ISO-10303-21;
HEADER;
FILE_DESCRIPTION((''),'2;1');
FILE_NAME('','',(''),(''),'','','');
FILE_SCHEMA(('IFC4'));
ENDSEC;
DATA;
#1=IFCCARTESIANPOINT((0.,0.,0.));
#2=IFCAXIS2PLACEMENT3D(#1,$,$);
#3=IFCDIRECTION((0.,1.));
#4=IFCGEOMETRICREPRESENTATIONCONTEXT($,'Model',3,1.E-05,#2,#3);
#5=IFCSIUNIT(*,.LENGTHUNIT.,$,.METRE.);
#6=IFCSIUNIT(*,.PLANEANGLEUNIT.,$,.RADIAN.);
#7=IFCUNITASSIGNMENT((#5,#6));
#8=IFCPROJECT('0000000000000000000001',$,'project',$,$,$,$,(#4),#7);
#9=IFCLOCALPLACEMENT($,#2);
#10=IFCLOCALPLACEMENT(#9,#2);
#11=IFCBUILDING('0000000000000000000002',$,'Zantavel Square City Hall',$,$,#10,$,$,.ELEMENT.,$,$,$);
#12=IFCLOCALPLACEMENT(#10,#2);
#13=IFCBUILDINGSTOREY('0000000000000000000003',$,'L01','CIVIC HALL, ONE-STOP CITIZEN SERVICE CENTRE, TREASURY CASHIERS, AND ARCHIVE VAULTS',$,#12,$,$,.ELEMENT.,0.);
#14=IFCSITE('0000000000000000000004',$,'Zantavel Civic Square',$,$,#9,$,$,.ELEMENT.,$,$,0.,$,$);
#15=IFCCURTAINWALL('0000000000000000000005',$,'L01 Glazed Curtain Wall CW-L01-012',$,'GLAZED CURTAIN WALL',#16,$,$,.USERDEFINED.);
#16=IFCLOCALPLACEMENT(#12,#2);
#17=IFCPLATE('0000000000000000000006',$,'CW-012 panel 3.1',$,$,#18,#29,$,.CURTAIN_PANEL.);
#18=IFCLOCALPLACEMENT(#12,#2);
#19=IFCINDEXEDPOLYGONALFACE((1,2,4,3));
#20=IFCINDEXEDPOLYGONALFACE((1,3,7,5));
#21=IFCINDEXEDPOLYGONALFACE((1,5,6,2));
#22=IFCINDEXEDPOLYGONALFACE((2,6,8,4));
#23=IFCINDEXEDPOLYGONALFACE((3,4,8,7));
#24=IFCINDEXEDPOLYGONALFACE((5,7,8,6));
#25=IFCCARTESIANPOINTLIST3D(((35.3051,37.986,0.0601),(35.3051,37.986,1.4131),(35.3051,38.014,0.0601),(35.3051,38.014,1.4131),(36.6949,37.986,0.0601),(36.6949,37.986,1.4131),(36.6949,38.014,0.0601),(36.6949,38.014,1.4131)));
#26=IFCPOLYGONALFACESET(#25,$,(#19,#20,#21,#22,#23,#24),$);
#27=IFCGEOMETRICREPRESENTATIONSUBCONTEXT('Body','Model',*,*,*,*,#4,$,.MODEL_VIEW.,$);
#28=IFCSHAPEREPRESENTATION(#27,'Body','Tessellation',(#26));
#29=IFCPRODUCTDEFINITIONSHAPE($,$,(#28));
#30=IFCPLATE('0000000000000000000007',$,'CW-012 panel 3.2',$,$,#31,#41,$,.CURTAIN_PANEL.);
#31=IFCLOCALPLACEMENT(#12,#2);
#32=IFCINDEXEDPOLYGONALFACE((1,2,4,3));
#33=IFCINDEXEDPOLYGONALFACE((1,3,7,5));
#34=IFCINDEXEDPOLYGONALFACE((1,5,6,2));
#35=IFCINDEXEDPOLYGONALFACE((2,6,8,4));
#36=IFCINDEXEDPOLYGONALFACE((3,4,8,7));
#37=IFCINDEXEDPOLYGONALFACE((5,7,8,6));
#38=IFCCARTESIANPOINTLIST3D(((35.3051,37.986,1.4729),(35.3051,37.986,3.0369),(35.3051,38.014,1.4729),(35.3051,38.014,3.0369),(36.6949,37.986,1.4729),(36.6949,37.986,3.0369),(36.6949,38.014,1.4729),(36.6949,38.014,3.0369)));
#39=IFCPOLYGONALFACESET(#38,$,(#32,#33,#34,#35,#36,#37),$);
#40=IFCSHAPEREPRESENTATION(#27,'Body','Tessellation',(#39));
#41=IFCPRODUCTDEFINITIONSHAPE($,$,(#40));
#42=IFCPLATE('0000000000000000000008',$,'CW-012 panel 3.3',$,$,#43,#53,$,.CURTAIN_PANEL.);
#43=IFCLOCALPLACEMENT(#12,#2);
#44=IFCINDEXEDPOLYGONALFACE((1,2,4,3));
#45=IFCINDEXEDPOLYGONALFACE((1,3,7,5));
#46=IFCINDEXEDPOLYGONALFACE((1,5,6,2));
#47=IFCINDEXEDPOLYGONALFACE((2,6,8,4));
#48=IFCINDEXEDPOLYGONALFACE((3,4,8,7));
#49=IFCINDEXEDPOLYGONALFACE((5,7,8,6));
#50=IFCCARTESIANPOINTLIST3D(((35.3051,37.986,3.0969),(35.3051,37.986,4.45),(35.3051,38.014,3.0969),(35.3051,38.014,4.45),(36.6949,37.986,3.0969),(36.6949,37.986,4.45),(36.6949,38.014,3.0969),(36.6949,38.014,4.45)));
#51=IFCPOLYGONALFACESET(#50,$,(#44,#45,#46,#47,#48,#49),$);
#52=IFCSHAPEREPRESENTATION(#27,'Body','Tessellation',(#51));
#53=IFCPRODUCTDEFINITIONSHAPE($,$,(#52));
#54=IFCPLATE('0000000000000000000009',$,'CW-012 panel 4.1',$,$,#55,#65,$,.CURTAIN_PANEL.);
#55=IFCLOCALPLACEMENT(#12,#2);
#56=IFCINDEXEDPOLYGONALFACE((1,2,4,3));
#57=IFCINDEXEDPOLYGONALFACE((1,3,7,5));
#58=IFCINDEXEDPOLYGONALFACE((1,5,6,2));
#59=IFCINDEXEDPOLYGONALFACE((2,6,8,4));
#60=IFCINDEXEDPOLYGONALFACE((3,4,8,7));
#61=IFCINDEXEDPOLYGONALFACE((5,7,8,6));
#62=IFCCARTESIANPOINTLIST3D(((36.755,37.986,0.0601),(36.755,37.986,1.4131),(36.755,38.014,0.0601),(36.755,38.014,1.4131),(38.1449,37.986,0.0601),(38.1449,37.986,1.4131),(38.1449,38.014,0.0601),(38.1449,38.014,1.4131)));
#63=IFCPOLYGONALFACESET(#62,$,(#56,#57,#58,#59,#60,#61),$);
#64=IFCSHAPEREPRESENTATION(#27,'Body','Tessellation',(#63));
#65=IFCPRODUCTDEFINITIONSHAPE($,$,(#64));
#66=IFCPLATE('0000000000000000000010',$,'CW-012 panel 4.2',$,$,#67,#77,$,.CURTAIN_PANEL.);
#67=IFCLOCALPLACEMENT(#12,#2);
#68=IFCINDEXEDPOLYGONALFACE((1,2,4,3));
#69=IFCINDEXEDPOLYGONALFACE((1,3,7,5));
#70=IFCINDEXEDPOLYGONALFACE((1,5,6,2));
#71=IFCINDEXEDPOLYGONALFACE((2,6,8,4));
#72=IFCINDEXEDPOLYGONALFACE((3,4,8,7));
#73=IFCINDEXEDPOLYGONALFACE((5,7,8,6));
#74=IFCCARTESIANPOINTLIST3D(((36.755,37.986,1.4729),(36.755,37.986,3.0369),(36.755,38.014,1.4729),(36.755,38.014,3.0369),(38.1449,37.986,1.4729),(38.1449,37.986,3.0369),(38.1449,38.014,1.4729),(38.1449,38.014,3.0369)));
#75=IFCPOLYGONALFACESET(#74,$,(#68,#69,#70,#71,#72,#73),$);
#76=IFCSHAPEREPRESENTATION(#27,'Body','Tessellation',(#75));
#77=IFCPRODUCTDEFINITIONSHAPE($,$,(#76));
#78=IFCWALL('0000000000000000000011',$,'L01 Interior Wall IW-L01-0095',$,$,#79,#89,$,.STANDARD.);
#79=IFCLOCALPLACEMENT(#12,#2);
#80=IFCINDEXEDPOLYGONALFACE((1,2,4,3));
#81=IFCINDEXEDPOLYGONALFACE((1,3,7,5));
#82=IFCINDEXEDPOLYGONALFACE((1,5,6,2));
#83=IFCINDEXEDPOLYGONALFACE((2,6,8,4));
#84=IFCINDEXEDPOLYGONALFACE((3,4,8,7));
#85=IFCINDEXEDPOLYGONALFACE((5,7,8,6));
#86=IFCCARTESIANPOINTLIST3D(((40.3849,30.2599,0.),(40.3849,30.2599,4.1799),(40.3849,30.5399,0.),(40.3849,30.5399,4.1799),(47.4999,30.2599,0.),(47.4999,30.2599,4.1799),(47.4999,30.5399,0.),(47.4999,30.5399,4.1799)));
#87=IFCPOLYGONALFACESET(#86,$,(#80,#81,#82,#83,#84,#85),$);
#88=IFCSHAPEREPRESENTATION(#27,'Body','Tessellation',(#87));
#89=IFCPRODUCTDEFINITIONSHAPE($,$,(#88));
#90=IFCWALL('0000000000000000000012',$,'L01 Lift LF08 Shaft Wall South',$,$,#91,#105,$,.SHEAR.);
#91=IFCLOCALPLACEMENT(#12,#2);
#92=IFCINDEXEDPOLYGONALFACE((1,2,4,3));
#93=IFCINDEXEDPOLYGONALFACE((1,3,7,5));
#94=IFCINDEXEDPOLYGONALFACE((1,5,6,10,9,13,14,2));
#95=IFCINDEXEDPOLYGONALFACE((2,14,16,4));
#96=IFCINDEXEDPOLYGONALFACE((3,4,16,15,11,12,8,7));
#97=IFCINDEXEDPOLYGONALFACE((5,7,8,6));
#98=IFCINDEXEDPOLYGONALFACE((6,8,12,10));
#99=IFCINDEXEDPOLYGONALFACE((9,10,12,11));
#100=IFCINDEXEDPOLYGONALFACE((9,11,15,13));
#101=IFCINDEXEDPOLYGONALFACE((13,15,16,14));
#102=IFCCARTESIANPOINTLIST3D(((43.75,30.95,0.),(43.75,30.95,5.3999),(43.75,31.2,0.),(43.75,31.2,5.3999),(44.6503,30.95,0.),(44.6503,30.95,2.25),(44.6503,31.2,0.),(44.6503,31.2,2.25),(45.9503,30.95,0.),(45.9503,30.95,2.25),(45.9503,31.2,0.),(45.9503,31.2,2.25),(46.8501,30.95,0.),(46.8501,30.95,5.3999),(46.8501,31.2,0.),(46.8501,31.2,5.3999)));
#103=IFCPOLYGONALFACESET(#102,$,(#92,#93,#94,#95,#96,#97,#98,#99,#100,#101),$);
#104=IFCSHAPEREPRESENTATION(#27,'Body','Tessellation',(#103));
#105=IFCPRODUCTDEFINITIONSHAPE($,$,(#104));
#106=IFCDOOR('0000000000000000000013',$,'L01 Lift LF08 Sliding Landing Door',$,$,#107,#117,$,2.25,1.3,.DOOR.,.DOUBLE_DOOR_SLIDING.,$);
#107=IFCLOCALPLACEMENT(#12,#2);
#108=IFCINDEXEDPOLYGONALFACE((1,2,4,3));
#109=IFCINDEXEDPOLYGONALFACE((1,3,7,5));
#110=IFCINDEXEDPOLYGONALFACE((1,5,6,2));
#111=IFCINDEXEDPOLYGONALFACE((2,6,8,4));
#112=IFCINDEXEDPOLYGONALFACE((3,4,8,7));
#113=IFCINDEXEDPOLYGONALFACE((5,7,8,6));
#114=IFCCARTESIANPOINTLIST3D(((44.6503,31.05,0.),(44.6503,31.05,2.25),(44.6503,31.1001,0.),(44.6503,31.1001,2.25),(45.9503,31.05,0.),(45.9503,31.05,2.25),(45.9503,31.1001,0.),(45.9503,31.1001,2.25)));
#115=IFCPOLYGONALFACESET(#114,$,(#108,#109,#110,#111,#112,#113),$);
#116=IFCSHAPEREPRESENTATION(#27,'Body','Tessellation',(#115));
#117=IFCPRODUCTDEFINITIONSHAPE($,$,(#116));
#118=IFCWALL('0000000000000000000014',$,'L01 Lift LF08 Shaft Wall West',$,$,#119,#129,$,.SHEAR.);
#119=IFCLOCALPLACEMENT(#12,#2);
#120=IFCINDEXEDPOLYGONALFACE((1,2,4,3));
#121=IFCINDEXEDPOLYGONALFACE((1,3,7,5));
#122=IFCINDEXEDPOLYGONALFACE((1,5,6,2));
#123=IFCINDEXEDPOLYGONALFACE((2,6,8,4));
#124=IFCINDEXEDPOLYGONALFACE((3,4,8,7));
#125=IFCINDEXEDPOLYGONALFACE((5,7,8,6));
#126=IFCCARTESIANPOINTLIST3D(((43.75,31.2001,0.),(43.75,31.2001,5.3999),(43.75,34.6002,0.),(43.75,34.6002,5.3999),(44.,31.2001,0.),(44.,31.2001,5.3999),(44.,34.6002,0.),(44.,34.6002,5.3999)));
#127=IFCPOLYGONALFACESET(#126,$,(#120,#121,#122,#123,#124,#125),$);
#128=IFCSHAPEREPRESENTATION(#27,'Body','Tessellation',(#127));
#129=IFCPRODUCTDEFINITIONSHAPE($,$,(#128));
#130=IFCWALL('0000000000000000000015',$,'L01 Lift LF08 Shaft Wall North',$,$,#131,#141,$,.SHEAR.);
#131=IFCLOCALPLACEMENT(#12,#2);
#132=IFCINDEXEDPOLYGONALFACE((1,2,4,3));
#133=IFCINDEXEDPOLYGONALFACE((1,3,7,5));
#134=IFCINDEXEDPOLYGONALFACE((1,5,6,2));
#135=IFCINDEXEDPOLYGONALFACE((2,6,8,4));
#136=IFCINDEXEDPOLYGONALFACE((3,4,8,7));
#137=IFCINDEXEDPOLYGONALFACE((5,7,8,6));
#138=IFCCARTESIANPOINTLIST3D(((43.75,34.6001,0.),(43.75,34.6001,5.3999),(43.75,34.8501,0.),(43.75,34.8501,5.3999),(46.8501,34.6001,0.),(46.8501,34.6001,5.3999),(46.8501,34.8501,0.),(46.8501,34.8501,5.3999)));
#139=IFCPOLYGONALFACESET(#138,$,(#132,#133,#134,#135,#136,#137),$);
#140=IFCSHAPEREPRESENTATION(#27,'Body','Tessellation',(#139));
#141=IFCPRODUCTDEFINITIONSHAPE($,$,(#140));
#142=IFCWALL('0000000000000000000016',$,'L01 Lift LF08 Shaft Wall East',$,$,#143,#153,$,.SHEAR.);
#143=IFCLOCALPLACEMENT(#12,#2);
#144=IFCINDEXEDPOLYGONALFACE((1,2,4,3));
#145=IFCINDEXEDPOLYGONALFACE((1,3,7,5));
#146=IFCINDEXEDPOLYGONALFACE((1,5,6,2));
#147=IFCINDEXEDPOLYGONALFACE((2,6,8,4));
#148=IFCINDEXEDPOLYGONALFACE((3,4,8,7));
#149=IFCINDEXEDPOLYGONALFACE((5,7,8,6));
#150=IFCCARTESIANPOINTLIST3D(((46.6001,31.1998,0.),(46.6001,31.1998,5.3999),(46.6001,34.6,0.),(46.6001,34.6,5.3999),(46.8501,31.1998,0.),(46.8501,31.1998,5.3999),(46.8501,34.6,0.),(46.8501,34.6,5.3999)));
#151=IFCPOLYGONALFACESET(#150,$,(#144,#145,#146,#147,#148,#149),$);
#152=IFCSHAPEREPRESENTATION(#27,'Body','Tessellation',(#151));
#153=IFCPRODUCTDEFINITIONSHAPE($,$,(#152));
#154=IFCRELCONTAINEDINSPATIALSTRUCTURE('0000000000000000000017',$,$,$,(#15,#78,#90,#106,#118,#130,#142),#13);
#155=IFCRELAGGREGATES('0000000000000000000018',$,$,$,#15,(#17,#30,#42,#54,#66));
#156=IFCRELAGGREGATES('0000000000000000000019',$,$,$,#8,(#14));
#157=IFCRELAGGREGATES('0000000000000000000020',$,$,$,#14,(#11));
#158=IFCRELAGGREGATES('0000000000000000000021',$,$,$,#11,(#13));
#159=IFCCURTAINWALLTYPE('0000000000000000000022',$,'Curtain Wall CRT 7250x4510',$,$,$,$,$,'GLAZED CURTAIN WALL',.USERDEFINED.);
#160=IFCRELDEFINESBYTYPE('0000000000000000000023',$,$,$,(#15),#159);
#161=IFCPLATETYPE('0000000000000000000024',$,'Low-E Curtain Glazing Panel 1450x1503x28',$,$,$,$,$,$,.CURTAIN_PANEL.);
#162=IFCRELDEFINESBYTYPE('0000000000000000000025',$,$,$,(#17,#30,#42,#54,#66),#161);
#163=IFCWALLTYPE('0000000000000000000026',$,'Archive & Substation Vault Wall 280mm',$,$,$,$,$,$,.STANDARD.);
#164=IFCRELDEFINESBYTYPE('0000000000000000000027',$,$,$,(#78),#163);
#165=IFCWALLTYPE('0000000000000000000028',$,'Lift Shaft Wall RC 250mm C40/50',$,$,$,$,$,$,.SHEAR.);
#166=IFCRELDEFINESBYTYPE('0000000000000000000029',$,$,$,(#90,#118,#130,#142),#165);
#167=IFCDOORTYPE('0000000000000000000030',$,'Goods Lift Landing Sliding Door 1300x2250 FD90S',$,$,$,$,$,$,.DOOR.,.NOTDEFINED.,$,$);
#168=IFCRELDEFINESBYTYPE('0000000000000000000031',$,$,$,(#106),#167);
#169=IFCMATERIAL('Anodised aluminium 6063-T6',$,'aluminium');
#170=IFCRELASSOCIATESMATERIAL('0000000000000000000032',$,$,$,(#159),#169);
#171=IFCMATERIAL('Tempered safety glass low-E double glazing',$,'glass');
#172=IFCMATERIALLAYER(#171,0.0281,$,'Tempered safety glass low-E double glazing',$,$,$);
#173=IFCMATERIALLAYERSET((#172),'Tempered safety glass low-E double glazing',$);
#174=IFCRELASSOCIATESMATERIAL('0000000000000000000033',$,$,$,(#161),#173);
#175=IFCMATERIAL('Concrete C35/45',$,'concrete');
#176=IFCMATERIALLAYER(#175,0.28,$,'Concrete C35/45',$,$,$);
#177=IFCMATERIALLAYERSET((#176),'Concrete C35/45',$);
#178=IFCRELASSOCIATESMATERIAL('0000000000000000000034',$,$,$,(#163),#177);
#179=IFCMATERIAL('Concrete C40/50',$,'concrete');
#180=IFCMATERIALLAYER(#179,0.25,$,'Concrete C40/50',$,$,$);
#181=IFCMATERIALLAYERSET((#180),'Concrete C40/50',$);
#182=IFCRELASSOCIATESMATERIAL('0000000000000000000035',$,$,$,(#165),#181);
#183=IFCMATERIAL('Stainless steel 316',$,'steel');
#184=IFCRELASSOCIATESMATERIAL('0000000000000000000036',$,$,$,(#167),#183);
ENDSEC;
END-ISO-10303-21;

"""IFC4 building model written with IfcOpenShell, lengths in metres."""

from ifc_helpers import new_model, si_unit, direction, frame, frame_2d, origin, origin_2d, place, context, subcontext, project, spatial, rectangle, extrude, material, layer, layer_set, type_object, element, fill, aggregate, save


model = new_model("IFC4")

# Units and contexts
model_context = context("Model", 3, precision=1e-05, world=origin(), true_north=direction((0.0, 1.0)))
body_context = subcontext(model_context, "Body", "Model", "MODEL_VIEW")
ifc_project = project(units=[si_unit("LENGTHUNIT", "METRE"), si_unit("PLANEANGLEUNIT", "RADIAN")], contexts=[model_context])

# Site, building, storey
site_placement = place(None, origin())
site = spatial("IfcSite", under=ifc_project, at=site_placement, Name="Zantavel Civic Square", CompositionType="ELEMENT", RefElevation=0.0)
building_placement = place(site_placement, origin())
building = spatial("IfcBuilding", under=site, at=building_placement, Name="Zantavel Square City Hall", CompositionType="ELEMENT")
storey_placement = place(building_placement, origin())
storey = spatial("IfcBuildingStorey", under=building, at=storey_placement, Name="L01", Description="CIVIC HALL, ONE-STOP CITIZEN SERVICE CENTRE, TREASURY CASHIERS, AND ARCHIVE VAULTS", CompositionType="ELEMENT", Elevation=0.0)

# Shared definitions
ifc_material_1 = material(Name="Concrete C40/50", Category="concrete")

# Curtain wall, plates
ifc_material_2 = material(Name="Anodised aluminium 6063-T6", Category="aluminium")
curtain_wall_type = type_object("IfcCurtainWallType", Name="Curtain Wall CRT 7250x4510", ElementType="GLAZED CURTAIN WALL", PredefinedType="USERDEFINED", material=ifc_material_2)
curtain_wall_placement = place(storey_placement, origin())
curtain_wall = element("IfcCurtainWall", 1, at=curtain_wall_placement, inside=storey, type_object=curtain_wall_type, Name="L01 Glazed Curtain Wall CW-L01-012", ObjectType="GLAZED CURTAIN WALL", PredefinedType="USERDEFINED")
ifc_material_3 = material(Name="Tempered safety glass low-E double glazing", Category="glass")
ifc_layer_1 = layer(ifc_material_3, 0.0281, Name="Tempered safety glass low-E double glazing")
ifc_layer_set_1 = layer_set([ifc_layer_1], Name="Tempered safety glass low-E double glazing")
plate_type = type_object("IfcPlateType", Name="Low-E Curtain Glazing Panel 1450x1503x28", PredefinedType="CURTAIN_PANEL", material=ifc_layer_set_1)
plate_1_placement = place(storey_placement, frame((36.0, 38.0, 0.0601), z_axis=(0.0, 0.0, 1.0), x_axis=(1.0, 0.0, 0.0)))
plate_1 = element("IfcPlate", 2, at=plate_1_placement, type_object=plate_type, Name="CW-012 panel 3.1", PredefinedType="CURTAIN_PANEL", context=body_context, shape_type="SweptSolid", body=[
    extrude(rectangle(XDim=1.3899, YDim=0.0281, at=origin_2d()), origin(), (0.0, 0.0, 1.0), 1.353),
])
plate_2_placement = place(storey_placement, frame((36.0, 38.0, 1.4729), z_axis=(0.0, 0.0, 1.0), x_axis=(1.0, 0.0, 0.0)))
plate_2 = element("IfcPlate", 3, at=plate_2_placement, type_object=plate_type, Name="CW-012 panel 3.2", PredefinedType="CURTAIN_PANEL", context=body_context, shape_type="SweptSolid", body=[
    extrude(rectangle(XDim=1.3899, YDim=0.0281, at=origin_2d()), origin(), (0.0, 0.0, 1.0), 1.564),
])
plate_3_placement = place(storey_placement, frame((36.0, 38.0, 3.0969), z_axis=(0.0, 0.0, 1.0), x_axis=(1.0, 0.0, 0.0)))
plate_3 = element("IfcPlate", 4, at=plate_3_placement, type_object=plate_type, Name="CW-012 panel 3.3", PredefinedType="CURTAIN_PANEL", context=body_context, shape_type="SweptSolid", body=[
    extrude(rectangle(XDim=1.3899, YDim=0.0281, at=origin_2d()), origin(), (0.0, 0.0, 1.0), 1.353),
])
plate_4_placement = place(storey_placement, frame((37.45, 38.0, 0.0601), z_axis=(0.0, 0.0, 1.0), x_axis=(1.0, 0.0, 0.0)))
plate_4 = element("IfcPlate", 5, at=plate_4_placement, type_object=plate_type, Name="CW-012 panel 4.1", PredefinedType="CURTAIN_PANEL", context=body_context, shape_type="SweptSolid", body=[
    extrude(rectangle(XDim=1.3899, YDim=0.0281, at=origin_2d()), origin(), (0.0, 0.0, 1.0), 1.353),
])
plate_5_placement = place(storey_placement, frame((37.45, 38.0, 1.4729), z_axis=(0.0, 0.0, 1.0), x_axis=(1.0, 0.0, 0.0)))
plate_5 = element("IfcPlate", 6, at=plate_5_placement, type_object=plate_type, Name="CW-012 panel 4.2", PredefinedType="CURTAIN_PANEL", context=body_context, shape_type="SweptSolid", body=[
    extrude(rectangle(XDim=1.3899, YDim=0.0281, at=origin_2d()), origin(), (0.0, 0.0, 1.0), 1.564),
])
aggregate(curtain_wall, [plate_1, plate_2, plate_3, plate_4, plate_5])

# Wall
ifc_material_4 = material(Name="Concrete C35/45", Category="concrete")
ifc_layer_2 = layer(ifc_material_4, 0.28, Name="Concrete C35/45")
ifc_layer_set_2 = layer_set([ifc_layer_2], Name="Concrete C35/45")
wall_type_1 = type_object("IfcWallType", Name="Archive & Substation Vault Wall 280mm", PredefinedType="STANDARD", material=ifc_layer_set_2)
wall_1_placement = place(storey_placement, frame((47.5, 30.3999, 0.0), z_axis=(0.0, 0.0, 1.0), x_axis=(-1.0, 0.0, 0.0)))
element("IfcWall", 7, at=wall_1_placement, inside=storey, type_object=wall_type_1, Name="L01 Interior Wall IW-L01-0095", PredefinedType="STANDARD", context=body_context, shape_type="SweptSolid", body=[
    extrude(rectangle(XDim=7.115, YDim=0.28, at=frame_2d((3.5576, 0.0))), origin(), (0.0, 0.0, 1.0), 4.1799),
])

# Wall, opening, door
ifc_layer_3 = layer(ifc_material_1, 0.25, Name="Concrete C40/50")
ifc_layer_set_3 = layer_set([ifc_layer_3], Name="Concrete C40/50")
wall_type_2 = type_object("IfcWallType", Name="Lift Shaft Wall RC 250mm C40/50", PredefinedType="SHEAR", material=ifc_layer_set_3)
wall_2_placement = place(storey_placement, frame((46.8501, 31.075, 0.0), z_axis=(0.0, 0.0, 1.0), x_axis=(-1.0, 0.0, 0.0)))
wall_2 = element("IfcWall", 8, at=wall_2_placement, inside=storey, type_object=wall_type_2, Name="L01 Lift LF08 Shaft Wall South", PredefinedType="SHEAR", context=body_context, shape_type="SweptSolid", body=[
    extrude(rectangle(XDim=3.1001, YDim=0.25, at=frame_2d((1.55, 0.0))), origin(), (0.0, 0.0, 1.0), 5.3999),
])
opening_placement = place(wall_2_placement, frame((0.8999, 0.0, 0.0)))
opening = element("IfcOpeningElement", 9, at=opening_placement, cuts=wall_2, PredefinedType="OPENING", context=body_context, shape_type="SweptSolid", body=[
    extrude(rectangle(XDim=1.3, YDim=2.25, at=frame_2d((0.6499, 1.125))), frame((0.0, 0.135, 0.0), z_axis=(0.0, -1.0, 0.0), x_axis=(1.0, 0.0, 0.0)), (0.0, 0.0, 1.0), 0.27),
])
ifc_material_5 = material(Name="Stainless steel 316", Category="steel")
door_type = type_object("IfcDoorType", Name="Goods Lift Landing Sliding Door 1300x2250 FD90S", OperationType="NOTDEFINED", PredefinedType="DOOR", material=ifc_material_5)
door_placement = place(opening_placement, origin())
door = element("IfcDoor", 10, at=door_placement, inside=storey, type_object=door_type, Name="L01 Lift LF08 Sliding Landing Door", OperationType="DOUBLE_DOOR_SLIDING", OverallHeight=2.25, OverallWidth=1.3, PredefinedType="DOOR", context=body_context, shape_type="SweptSolid", body=[
    extrude(rectangle(XDim=1.3, YDim=2.25, at=frame_2d((0.6499, 1.125))), frame((0.0, 0.0249, 0.0), z_axis=(0.0, -1.0, 0.0), x_axis=(1.0, 0.0, 0.0)), (0.0, 0.0, 1.0), 0.05),
])
fill(opening, door)

# Walls
wall_3_placement = place(storey_placement, frame((43.875, 31.2, 0.0), z_axis=(0.0, 0.0, 1.0), x_axis=(0.0, 1.0, 0.0)))
element("IfcWall", 11, at=wall_3_placement, inside=storey, type_object=wall_type_2, Name="L01 Lift LF08 Shaft Wall West", PredefinedType="SHEAR", context=body_context, shape_type="SweptSolid", body=[
    extrude(rectangle(XDim=3.4001, YDim=0.25, at=frame_2d((1.7002, 0.0))), origin(), (0.0, 0.0, 1.0), 5.3999),
])
wall_4_placement = place(storey_placement, frame((43.75, 34.7251, 0.0), z_axis=(0.0, 0.0, 1.0), x_axis=(1.0, 0.0, 0.0)))
element("IfcWall", 12, at=wall_4_placement, inside=storey, type_object=wall_type_2, Name="L01 Lift LF08 Shaft Wall North", PredefinedType="SHEAR", context=body_context, shape_type="SweptSolid", body=[
    extrude(rectangle(XDim=3.1001, YDim=0.25, at=frame_2d((1.55, 0.0))), origin(), (0.0, 0.0, 1.0), 5.3999),
])
wall_5_placement = place(storey_placement, frame((46.7251, 34.6001, 0.0), z_axis=(0.0, 0.0, 1.0), x_axis=(0.0, -1.0, 0.0)))
element("IfcWall", 13, at=wall_5_placement, inside=storey, type_object=wall_type_2, Name="L01 Lift LF08 Shaft Wall East", PredefinedType="SHEAR", context=body_context, shape_type="SweptSolid", body=[
    extrude(rectangle(XDim=3.4001, YDim=0.25, at=frame_2d((1.7002, 0.0))), origin(), (0.0, 0.0, 1.0), 5.3999),
])

save(model, "model.ifc")
